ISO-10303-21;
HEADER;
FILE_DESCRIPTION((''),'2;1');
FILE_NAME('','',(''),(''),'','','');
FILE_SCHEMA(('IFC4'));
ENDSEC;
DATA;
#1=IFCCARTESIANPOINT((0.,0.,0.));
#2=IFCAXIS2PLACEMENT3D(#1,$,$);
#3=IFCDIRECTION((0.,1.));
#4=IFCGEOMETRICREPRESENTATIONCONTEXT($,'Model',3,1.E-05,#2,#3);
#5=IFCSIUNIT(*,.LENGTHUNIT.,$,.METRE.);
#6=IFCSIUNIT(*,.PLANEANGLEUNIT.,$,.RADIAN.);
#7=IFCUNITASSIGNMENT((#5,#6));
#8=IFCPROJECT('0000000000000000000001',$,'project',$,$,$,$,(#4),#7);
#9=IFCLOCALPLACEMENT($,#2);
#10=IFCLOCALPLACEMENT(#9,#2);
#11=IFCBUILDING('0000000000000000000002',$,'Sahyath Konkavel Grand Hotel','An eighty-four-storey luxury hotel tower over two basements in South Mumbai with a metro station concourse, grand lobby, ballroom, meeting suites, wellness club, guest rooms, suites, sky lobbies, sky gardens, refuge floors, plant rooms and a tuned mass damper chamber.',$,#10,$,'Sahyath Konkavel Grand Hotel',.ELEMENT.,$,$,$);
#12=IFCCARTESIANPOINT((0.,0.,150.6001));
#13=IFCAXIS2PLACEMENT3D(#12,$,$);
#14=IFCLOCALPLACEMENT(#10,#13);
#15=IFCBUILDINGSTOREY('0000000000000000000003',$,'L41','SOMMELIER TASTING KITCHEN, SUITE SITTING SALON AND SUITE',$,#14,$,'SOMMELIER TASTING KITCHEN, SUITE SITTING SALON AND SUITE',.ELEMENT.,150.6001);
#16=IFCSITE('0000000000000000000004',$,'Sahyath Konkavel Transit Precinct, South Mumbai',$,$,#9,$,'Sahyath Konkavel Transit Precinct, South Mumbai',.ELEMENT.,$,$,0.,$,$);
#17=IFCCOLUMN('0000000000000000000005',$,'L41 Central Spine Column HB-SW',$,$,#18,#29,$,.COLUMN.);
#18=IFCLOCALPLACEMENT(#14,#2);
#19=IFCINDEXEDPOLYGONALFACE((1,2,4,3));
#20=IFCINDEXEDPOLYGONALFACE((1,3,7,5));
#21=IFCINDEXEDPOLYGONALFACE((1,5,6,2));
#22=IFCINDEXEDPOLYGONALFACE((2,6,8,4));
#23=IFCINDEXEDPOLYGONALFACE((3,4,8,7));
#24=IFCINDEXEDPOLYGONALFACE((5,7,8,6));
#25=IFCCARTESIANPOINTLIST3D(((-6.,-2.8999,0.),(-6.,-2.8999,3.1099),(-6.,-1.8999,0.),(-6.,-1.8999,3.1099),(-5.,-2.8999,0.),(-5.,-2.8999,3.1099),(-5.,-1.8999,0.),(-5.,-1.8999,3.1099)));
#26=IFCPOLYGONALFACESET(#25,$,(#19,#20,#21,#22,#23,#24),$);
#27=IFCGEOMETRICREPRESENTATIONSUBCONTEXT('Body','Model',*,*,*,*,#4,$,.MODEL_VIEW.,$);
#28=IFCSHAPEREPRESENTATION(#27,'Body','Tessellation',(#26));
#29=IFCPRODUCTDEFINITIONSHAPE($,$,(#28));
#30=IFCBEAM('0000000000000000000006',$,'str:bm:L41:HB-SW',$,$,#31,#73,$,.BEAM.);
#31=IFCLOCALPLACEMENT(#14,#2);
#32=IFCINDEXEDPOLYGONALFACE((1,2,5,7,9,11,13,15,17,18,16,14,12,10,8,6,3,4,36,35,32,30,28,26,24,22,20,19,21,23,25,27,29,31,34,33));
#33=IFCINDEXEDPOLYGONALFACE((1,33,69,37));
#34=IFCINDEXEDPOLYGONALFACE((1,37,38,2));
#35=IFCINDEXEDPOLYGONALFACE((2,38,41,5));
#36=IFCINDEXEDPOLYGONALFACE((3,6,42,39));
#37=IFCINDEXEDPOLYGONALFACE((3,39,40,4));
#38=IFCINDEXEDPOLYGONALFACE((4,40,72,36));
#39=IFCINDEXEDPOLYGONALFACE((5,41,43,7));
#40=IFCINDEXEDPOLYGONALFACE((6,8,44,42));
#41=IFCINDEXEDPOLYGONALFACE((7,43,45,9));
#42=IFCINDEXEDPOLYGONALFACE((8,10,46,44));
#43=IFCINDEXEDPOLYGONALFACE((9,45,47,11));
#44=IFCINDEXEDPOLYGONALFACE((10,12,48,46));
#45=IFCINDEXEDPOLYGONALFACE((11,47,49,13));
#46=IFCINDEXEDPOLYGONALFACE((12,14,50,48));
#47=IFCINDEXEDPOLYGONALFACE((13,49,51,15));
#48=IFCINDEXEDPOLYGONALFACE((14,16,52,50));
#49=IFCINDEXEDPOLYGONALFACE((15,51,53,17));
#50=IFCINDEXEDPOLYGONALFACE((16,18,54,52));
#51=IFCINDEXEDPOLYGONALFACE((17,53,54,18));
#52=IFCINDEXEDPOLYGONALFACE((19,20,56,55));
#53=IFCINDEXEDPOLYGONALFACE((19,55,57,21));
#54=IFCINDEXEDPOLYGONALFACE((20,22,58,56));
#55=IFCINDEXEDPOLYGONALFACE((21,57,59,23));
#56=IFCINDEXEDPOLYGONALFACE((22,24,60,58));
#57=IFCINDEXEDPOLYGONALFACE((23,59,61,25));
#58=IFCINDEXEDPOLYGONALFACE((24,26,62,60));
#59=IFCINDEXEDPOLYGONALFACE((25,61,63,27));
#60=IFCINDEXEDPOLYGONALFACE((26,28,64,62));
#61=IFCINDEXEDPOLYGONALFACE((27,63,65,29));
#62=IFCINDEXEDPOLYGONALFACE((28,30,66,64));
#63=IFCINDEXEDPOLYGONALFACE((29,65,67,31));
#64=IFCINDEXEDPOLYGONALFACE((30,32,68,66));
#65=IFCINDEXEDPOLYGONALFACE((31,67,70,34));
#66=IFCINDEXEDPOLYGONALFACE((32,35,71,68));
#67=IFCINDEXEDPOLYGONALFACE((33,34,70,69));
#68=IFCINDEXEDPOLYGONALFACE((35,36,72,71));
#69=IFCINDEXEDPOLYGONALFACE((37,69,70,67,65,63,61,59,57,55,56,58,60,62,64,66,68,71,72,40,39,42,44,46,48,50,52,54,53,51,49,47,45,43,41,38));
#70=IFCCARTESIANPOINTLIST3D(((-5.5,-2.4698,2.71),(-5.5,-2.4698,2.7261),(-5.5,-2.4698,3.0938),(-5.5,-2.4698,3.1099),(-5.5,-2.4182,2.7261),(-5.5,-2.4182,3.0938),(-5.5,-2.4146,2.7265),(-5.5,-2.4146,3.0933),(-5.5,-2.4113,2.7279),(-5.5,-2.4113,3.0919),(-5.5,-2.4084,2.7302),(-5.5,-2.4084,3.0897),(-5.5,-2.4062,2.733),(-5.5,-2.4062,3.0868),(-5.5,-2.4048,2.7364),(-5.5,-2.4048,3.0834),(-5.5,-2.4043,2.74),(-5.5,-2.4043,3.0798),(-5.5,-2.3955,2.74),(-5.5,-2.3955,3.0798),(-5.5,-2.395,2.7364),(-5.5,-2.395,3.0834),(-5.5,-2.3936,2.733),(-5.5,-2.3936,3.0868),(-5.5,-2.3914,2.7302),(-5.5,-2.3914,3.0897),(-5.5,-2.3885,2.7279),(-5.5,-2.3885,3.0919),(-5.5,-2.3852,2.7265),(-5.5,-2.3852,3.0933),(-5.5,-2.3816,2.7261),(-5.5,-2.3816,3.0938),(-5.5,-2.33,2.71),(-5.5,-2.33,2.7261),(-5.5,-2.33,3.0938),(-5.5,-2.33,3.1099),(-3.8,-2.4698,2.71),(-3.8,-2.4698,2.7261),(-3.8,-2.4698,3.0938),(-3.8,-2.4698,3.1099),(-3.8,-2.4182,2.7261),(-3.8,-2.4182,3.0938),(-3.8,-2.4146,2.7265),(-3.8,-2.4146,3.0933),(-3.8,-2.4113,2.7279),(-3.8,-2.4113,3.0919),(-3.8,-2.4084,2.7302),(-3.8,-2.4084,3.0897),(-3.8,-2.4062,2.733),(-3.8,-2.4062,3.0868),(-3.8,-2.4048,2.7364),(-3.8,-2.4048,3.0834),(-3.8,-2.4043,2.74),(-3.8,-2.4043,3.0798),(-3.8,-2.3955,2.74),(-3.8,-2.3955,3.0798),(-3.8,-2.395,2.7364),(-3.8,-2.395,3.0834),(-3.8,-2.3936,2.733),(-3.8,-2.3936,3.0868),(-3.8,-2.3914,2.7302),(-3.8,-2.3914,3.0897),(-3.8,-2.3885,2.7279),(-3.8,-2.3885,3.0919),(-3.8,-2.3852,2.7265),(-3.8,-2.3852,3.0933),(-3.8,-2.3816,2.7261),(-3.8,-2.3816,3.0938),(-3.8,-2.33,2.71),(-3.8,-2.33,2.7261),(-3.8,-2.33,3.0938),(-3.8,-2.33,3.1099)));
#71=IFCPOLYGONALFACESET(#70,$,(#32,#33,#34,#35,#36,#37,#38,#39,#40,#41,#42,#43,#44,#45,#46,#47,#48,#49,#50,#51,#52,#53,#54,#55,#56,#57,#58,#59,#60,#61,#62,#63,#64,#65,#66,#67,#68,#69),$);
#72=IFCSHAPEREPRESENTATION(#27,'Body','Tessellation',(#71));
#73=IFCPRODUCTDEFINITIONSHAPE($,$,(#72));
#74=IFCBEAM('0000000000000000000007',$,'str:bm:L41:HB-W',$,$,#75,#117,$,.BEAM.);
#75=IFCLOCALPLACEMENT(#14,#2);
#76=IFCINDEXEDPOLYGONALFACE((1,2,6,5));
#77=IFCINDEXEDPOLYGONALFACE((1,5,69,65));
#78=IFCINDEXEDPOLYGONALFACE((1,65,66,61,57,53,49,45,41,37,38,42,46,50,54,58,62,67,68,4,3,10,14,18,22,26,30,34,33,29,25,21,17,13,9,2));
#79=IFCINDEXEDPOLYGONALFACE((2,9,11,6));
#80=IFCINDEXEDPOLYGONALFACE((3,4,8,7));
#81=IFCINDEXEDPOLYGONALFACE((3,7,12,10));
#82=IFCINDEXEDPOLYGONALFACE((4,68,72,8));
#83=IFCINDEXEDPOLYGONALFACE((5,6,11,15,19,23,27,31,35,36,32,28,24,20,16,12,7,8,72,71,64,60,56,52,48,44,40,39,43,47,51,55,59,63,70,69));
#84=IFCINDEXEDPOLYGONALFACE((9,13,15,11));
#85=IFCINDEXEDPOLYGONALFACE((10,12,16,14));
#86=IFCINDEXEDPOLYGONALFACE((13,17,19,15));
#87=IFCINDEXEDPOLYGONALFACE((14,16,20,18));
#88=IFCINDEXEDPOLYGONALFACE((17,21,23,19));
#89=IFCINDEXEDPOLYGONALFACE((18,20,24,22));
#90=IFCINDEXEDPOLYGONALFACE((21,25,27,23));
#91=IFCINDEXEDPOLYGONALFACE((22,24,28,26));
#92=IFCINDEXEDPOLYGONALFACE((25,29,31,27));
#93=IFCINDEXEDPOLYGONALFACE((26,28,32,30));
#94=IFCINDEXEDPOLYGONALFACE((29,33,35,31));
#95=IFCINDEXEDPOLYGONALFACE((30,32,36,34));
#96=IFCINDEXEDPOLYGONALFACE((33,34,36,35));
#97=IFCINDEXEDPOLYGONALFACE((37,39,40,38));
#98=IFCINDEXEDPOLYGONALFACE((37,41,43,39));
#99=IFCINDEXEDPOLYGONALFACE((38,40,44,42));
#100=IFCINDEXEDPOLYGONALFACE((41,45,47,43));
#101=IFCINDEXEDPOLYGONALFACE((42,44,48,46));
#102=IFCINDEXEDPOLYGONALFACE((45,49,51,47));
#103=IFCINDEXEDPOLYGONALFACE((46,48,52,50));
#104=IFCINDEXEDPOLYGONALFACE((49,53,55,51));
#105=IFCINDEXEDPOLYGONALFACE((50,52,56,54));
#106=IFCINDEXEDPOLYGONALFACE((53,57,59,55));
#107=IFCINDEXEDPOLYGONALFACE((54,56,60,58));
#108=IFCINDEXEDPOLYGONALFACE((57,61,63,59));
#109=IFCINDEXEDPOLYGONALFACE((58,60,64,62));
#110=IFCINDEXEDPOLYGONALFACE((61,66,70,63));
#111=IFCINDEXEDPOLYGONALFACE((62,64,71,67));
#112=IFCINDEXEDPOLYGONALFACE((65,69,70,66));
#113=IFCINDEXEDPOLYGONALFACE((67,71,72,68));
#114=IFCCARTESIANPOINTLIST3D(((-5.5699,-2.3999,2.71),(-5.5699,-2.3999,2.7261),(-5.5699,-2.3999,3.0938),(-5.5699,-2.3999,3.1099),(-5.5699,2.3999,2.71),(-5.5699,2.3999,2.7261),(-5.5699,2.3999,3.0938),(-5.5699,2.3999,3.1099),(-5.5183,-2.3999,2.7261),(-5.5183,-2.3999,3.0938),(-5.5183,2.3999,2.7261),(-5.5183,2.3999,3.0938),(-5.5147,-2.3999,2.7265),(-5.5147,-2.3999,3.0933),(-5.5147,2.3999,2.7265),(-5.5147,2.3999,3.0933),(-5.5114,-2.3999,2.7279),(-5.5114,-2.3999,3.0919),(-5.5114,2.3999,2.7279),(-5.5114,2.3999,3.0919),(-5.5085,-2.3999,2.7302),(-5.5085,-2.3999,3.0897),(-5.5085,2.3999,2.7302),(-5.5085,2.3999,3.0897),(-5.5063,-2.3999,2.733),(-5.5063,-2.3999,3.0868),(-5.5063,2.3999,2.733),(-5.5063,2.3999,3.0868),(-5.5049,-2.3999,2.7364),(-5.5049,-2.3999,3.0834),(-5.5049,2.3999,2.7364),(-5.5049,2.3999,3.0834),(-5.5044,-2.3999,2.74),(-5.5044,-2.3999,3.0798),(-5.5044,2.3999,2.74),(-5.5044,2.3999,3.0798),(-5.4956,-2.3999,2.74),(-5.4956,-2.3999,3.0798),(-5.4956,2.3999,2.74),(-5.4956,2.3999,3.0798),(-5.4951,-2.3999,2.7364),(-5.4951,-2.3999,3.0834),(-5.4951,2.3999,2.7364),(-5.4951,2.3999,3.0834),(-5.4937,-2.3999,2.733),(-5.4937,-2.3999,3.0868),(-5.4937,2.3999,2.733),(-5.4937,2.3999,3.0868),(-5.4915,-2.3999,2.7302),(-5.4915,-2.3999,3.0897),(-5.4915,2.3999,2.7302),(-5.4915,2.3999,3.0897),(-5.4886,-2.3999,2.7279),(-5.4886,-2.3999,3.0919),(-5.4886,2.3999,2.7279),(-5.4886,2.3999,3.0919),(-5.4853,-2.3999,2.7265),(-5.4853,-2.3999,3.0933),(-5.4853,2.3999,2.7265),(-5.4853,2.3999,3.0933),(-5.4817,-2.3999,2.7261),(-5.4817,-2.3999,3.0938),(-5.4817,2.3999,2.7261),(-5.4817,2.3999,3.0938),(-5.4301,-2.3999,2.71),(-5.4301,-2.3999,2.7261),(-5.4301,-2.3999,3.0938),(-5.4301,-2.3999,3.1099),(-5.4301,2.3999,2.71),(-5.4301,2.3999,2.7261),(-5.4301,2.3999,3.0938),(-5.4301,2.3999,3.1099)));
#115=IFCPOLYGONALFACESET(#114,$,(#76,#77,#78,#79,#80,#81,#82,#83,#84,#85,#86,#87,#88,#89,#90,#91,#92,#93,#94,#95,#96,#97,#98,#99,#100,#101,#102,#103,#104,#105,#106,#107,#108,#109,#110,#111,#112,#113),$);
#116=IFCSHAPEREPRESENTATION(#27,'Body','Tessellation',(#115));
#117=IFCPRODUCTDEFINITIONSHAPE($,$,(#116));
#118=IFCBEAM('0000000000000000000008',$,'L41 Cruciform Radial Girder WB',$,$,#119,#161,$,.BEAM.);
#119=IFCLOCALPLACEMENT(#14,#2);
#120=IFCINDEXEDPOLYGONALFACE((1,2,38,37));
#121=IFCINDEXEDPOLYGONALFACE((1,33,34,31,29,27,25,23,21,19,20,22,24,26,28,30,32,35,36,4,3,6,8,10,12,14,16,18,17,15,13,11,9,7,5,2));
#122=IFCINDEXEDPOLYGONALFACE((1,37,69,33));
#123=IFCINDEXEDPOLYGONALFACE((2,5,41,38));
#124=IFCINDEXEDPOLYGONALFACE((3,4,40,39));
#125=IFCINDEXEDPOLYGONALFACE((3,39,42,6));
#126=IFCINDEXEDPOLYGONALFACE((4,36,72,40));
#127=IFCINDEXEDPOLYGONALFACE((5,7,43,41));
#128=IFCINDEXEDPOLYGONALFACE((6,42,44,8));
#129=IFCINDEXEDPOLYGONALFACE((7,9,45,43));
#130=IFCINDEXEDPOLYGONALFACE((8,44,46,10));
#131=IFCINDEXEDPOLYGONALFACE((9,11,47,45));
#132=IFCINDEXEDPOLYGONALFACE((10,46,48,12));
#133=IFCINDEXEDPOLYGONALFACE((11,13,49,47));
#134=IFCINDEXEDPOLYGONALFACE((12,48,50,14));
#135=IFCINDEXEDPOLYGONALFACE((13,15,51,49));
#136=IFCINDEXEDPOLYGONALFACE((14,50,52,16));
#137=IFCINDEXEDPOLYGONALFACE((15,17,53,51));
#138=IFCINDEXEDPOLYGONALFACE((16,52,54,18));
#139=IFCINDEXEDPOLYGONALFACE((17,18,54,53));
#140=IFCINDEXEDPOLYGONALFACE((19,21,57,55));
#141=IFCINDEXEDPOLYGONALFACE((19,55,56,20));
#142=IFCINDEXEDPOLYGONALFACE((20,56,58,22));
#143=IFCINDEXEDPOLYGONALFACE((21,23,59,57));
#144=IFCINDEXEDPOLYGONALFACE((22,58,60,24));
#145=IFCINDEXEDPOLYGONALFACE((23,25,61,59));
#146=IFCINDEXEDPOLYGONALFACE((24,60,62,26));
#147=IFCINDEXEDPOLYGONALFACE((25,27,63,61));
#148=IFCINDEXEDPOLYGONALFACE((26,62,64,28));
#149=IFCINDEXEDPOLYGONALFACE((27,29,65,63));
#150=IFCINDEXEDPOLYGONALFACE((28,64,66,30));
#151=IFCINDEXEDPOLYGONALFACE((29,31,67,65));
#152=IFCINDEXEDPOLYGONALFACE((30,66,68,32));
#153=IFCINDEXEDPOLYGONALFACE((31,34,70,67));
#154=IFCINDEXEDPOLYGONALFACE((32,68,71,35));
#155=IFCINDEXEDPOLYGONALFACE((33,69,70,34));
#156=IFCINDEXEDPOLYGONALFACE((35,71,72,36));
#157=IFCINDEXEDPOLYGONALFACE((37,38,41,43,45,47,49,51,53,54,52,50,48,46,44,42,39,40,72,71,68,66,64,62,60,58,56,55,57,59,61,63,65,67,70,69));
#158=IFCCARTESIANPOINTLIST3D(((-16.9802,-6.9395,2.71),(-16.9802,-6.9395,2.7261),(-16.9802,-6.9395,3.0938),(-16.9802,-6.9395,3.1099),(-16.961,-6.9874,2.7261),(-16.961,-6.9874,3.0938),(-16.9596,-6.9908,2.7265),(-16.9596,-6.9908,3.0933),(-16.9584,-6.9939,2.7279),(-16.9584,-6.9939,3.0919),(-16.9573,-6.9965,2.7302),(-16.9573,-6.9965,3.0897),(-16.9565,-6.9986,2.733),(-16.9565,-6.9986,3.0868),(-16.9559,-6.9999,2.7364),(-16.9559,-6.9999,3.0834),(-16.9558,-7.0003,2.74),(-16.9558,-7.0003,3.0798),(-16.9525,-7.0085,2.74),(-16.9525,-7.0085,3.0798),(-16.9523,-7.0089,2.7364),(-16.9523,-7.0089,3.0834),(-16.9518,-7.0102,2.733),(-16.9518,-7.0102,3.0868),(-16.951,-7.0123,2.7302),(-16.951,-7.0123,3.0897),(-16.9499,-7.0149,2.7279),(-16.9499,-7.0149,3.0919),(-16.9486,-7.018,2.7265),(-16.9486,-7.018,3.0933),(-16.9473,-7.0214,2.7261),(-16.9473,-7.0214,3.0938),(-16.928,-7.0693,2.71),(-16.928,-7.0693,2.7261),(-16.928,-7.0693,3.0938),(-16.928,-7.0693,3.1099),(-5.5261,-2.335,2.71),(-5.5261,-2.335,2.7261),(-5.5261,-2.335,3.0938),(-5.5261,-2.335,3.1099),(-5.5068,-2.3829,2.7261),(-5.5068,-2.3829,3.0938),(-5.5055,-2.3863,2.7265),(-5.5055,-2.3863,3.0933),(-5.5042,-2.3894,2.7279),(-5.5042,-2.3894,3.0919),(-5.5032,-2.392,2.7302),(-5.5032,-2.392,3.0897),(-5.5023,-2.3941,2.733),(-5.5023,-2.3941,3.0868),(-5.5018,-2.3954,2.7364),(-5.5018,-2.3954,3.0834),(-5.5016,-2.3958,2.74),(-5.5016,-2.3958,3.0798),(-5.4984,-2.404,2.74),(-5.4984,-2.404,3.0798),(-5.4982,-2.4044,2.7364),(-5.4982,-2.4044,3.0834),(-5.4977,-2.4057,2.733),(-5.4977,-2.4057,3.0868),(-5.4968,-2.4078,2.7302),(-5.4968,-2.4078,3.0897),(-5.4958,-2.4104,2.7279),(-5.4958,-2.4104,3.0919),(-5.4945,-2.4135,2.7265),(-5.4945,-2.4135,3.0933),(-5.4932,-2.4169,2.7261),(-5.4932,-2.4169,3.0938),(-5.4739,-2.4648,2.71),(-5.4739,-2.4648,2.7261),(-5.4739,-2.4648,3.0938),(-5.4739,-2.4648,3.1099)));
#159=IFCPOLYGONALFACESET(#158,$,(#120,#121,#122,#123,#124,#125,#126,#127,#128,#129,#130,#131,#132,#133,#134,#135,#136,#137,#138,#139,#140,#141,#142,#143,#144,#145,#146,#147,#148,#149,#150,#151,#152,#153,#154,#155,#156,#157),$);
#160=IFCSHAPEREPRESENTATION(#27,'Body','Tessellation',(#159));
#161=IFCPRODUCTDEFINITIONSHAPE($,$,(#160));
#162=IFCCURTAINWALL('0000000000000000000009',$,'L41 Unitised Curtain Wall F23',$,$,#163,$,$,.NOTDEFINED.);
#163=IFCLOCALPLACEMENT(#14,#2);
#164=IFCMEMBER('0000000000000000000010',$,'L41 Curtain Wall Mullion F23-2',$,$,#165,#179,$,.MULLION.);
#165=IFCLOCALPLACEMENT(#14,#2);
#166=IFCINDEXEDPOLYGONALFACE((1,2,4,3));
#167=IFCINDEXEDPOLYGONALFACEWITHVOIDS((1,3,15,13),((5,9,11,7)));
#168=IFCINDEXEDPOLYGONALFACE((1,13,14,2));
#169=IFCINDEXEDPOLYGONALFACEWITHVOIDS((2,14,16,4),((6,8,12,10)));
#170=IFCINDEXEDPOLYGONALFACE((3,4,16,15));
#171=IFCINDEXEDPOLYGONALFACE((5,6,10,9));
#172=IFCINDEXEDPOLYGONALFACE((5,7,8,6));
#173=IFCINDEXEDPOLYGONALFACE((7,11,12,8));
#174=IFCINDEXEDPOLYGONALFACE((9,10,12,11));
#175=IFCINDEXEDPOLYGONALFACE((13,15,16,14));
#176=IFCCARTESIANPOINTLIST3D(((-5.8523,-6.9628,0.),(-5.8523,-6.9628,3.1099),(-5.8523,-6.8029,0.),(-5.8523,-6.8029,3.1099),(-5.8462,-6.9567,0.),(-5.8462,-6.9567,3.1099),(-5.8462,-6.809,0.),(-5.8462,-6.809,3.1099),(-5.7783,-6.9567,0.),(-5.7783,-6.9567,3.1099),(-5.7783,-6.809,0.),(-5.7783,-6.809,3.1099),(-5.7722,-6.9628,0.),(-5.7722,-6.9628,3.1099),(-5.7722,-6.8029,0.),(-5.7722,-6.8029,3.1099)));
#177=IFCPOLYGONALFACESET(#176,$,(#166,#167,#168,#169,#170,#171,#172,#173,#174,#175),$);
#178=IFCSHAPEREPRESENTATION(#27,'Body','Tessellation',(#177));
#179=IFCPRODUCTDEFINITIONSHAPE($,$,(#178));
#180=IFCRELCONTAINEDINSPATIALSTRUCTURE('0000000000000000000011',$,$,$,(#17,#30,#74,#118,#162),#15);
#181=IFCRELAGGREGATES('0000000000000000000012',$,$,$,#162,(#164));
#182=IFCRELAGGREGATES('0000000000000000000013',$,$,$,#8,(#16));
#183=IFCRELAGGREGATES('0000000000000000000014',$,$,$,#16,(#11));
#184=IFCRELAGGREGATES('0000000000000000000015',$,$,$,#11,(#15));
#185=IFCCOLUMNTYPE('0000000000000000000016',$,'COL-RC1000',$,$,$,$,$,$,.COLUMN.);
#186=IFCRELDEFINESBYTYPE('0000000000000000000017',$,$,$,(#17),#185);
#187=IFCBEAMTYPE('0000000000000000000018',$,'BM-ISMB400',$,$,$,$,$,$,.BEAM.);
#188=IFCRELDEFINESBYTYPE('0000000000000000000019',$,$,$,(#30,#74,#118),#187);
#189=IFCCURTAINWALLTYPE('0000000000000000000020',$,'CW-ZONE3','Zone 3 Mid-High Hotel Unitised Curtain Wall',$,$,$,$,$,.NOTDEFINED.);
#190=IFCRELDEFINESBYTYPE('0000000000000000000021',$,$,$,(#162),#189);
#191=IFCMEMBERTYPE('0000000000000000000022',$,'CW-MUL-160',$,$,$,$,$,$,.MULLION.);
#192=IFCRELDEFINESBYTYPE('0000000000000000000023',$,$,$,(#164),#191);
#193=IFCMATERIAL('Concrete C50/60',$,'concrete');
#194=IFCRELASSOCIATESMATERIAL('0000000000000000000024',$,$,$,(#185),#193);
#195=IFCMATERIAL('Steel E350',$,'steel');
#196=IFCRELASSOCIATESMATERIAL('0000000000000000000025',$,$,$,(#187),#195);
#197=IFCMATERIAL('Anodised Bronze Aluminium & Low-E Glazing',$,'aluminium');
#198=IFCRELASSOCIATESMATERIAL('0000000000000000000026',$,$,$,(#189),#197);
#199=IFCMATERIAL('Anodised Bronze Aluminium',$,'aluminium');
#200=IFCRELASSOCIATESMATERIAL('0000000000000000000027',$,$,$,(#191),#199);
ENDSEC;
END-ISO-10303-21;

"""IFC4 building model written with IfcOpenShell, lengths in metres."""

from ifc_helpers import new_model, si_unit, direction, frame, origin, origin_2d, place, context, subcontext, project, spatial, rectangle, hollow_rectangle, i_section, extrude, source, transform, mapped, material, material_profile, profile_set, type_object, element, aggregate, save


model = new_model("IFC4")

# Units and contexts
model_context = context("Model", 3, precision=1e-05, world=origin(), true_north=direction((0.0, 1.0)))
body_context = subcontext(model_context, "Body", "Model", "MODEL_VIEW")
ifc_project = project(units=[si_unit("LENGTHUNIT", "METRE"), si_unit("PLANEANGLEUNIT", "RADIAN")], contexts=[model_context])

# Site, building, storey
site_placement = place(None, origin())
site = spatial("IfcSite", under=ifc_project, at=site_placement, Name="Sahyath Konkavel Transit Precinct, South Mumbai", LongName="Sahyath Konkavel Transit Precinct, South Mumbai", CompositionType="ELEMENT", RefElevation=0.0)
building_placement = place(site_placement, origin())
building = spatial("IfcBuilding", under=site, at=building_placement, Name="Sahyath Konkavel Grand Hotel", Description="An eighty-four-storey luxury hotel tower over two basements in South Mumbai with a metro station concourse, grand lobby, ballroom, meeting suites, wellness club, guest rooms, suites, sky lobbies, sky gardens, refuge floors, plant rooms and a tuned mass damper chamber.", LongName="Sahyath Konkavel Grand Hotel", CompositionType="ELEMENT")
storey_placement = place(building_placement, frame((0.0, 0.0, 150.6001)))
storey = spatial("IfcBuildingStorey", under=building, at=storey_placement, Name="L41", Description="SOMMELIER TASTING KITCHEN, SUITE SITTING SALON AND SUITE", LongName="SOMMELIER TASTING KITCHEN, SUITE SITTING SALON AND SUITE", CompositionType="ELEMENT", Elevation=150.6001)

# Column
ifc_material_1 = material(Name="Concrete C50/60", Category="concrete")
ifc_material_profile_1 = material_profile(ifc_material_1, rectangle(XDim=1.0, YDim=1.0, at=origin_2d()), Name="RC 1000x1000")
ifc_profile_set_1 = profile_set([ifc_material_profile_1], Name="Concrete C50/60")
column_type = type_object("IfcColumnType", Name="COL-RC1000", PredefinedType="COLUMN", material=ifc_profile_set_1)
shared_shape_1 = source(origin(), body_context, "Body", "SweptSolid", [
    extrude(rectangle(XDim=1.0, YDim=1.0, at=origin_2d()), origin(), (0.0, 0.0, 1.0), 3.1099),
])
column_placement = place(storey_placement, frame((-5.5, -2.3999, 0.0), z_axis=(0.0, 0.0, 1.0), x_axis=(1.0, 0.0, 0.0)))
element("IfcColumn", 1, at=column_placement, inside=storey, type_object=column_type, Name="L41 Central Spine Column HB-SW", PredefinedType="COLUMN", context=body_context, shape_type="MappedRepresentation", body=[
    mapped(shared_shape_1, transform((0.0, 0.0, 0.0), scale=1.0)),
])

# Beams
ifc_material_2 = material(Name="Steel E350", Category="steel")
ifc_material_profile_2 = material_profile(ifc_material_2, i_section(OverallWidth=0.1399, OverallDepth=0.3999, WebThickness=0.0088, FlangeThickness=0.0161, FilletRadius=0.0139, at=origin_2d()), Name="ISMB 400")
ifc_profile_set_2 = profile_set([ifc_material_profile_2], Name="Steel E350")
beam_type_1 = type_object("IfcBeamType", Name="BM-ISMB400", PredefinedType="BEAM", material=ifc_profile_set_2)
shared_shape_2 = source(origin(), body_context, "Body", "SweptSolid", [
    extrude(i_section(OverallWidth=0.1399, OverallDepth=0.3999, WebThickness=0.0088, FlangeThickness=0.0161, FilletRadius=0.0139, at=origin_2d()), origin(), (0.0, 0.0, 1.0), 1.7),
])
beam_1_placement = place(storey_placement, frame((-5.5, -2.3999, 2.9099), z_axis=(1.0, 0.0, 0.0), x_axis=(0.0, 1.0, 0.0)))
element("IfcBeam", 2, at=beam_1_placement, inside=storey, type_object=beam_type_1, Name="str:bm:L41:HB-SW", PredefinedType="BEAM", context=body_context, shape_type="MappedRepresentation", body=[
    mapped(shared_shape_2, transform((0.0, 0.0, 0.0), scale=1.0)),
])
shared_shape_3 = source(origin(), body_context, "Body", "SweptSolid", [
    extrude(i_section(OverallWidth=0.1399, OverallDepth=0.3999, WebThickness=0.0088, FlangeThickness=0.0161, FilletRadius=0.0139, at=origin_2d()), origin(), (0.0, 0.0, 1.0), 4.7998),
])
beam_2_placement = place(storey_placement, frame((-5.5, -2.3999, 2.9099), z_axis=(0.0, 1.0, 0.0), x_axis=(-1.0, 0.0, 0.0)))
element("IfcBeam", 3, at=beam_2_placement, inside=storey, type_object=beam_type_1, Name="str:bm:L41:HB-W", PredefinedType="BEAM", context=body_context, shape_type="MappedRepresentation", body=[
    mapped(shared_shape_3, transform((0.0, 0.0, 0.0), scale=1.0)),
])
shared_shape_4 = source(origin(), body_context, "Body", "SweptSolid", [
    extrude(i_section(OverallWidth=0.1399, OverallDepth=0.3999, WebThickness=0.0088, FlangeThickness=0.0161, FilletRadius=0.0139, at=origin_2d()), origin(), (0.0, 0.0, 1.0), 12.345),
])
beam_3_placement = place(storey_placement, frame((-5.5, -2.3999, 2.9099), z_axis=(-0.927837, -0.372986, 0.0), x_axis=(0.372986, -0.927837, 0.0)))
element("IfcBeam", 4, at=beam_3_placement, inside=storey, type_object=beam_type_1, Name="L41 Cruciform Radial Girder WB", PredefinedType="BEAM", context=body_context, shape_type="MappedRepresentation", body=[
    mapped(shared_shape_4, transform((0.0, 0.0, 0.0), scale=1.0)),
])

# Curtain wall, member
ifc_material_3 = material(Name="Anodised Bronze Aluminium & Low-E Glazing", Category="aluminium")
curtain_wall_type = type_object("IfcCurtainWallType", Name="CW-ZONE3", Description="Zone 3 Mid-High Hotel Unitised Curtain Wall", PredefinedType="NOTDEFINED", material=ifc_material_3)
curtain_wall_1_placement = place(storey_placement, origin())
curtain_wall_1 = element("IfcCurtainWall", 5, at=curtain_wall_1_placement, inside=storey, type_object=curtain_wall_type, Name="L41 Unitised Curtain Wall F23", PredefinedType="NOTDEFINED")
ifc_material_4 = material(Name="Anodised Bronze Aluminium", Category="aluminium")
ifc_material_profile_3 = material_profile(ifc_material_4, hollow_rectangle(XDim=0.0801, YDim=0.1599, WallThickness=0.0061, at=origin_2d()), Name="RHS 160x80x6")
ifc_profile_set_3 = profile_set([ifc_material_profile_3], Name="Anodised Bronze Aluminium")
member_type_1 = type_object("IfcMemberType", Name="CW-MUL-160", PredefinedType="MULLION", material=ifc_profile_set_3)
shared_shape_5 = source(origin(), body_context, "Body", "SweptSolid", [
    extrude(hollow_rectangle(XDim=0.0801, YDim=0.1599, WallThickness=0.0061, at=origin_2d()), origin(), (0.0, 0.0, 1.0), 3.1099),
])
member_1_placement = place(storey_placement, frame((-5.8123, -6.8828, 0.0), z_axis=(0.0, 0.0, 1.0), x_axis=(1.0, 0.0, 0.0)))
member_1 = element("IfcMember", 6, at=member_1_placement, type_object=member_type_1, Name="L41 Curtain Wall Mullion F23-2", PredefinedType="MULLION", context=body_context, shape_type="MappedRepresentation", body=[
    mapped(shared_shape_5, transform((0.0, 0.0, 0.0), scale=1.0)),
])

aggregate(curtain_wall_1, [member_1])

save(model, "model.ifc")
